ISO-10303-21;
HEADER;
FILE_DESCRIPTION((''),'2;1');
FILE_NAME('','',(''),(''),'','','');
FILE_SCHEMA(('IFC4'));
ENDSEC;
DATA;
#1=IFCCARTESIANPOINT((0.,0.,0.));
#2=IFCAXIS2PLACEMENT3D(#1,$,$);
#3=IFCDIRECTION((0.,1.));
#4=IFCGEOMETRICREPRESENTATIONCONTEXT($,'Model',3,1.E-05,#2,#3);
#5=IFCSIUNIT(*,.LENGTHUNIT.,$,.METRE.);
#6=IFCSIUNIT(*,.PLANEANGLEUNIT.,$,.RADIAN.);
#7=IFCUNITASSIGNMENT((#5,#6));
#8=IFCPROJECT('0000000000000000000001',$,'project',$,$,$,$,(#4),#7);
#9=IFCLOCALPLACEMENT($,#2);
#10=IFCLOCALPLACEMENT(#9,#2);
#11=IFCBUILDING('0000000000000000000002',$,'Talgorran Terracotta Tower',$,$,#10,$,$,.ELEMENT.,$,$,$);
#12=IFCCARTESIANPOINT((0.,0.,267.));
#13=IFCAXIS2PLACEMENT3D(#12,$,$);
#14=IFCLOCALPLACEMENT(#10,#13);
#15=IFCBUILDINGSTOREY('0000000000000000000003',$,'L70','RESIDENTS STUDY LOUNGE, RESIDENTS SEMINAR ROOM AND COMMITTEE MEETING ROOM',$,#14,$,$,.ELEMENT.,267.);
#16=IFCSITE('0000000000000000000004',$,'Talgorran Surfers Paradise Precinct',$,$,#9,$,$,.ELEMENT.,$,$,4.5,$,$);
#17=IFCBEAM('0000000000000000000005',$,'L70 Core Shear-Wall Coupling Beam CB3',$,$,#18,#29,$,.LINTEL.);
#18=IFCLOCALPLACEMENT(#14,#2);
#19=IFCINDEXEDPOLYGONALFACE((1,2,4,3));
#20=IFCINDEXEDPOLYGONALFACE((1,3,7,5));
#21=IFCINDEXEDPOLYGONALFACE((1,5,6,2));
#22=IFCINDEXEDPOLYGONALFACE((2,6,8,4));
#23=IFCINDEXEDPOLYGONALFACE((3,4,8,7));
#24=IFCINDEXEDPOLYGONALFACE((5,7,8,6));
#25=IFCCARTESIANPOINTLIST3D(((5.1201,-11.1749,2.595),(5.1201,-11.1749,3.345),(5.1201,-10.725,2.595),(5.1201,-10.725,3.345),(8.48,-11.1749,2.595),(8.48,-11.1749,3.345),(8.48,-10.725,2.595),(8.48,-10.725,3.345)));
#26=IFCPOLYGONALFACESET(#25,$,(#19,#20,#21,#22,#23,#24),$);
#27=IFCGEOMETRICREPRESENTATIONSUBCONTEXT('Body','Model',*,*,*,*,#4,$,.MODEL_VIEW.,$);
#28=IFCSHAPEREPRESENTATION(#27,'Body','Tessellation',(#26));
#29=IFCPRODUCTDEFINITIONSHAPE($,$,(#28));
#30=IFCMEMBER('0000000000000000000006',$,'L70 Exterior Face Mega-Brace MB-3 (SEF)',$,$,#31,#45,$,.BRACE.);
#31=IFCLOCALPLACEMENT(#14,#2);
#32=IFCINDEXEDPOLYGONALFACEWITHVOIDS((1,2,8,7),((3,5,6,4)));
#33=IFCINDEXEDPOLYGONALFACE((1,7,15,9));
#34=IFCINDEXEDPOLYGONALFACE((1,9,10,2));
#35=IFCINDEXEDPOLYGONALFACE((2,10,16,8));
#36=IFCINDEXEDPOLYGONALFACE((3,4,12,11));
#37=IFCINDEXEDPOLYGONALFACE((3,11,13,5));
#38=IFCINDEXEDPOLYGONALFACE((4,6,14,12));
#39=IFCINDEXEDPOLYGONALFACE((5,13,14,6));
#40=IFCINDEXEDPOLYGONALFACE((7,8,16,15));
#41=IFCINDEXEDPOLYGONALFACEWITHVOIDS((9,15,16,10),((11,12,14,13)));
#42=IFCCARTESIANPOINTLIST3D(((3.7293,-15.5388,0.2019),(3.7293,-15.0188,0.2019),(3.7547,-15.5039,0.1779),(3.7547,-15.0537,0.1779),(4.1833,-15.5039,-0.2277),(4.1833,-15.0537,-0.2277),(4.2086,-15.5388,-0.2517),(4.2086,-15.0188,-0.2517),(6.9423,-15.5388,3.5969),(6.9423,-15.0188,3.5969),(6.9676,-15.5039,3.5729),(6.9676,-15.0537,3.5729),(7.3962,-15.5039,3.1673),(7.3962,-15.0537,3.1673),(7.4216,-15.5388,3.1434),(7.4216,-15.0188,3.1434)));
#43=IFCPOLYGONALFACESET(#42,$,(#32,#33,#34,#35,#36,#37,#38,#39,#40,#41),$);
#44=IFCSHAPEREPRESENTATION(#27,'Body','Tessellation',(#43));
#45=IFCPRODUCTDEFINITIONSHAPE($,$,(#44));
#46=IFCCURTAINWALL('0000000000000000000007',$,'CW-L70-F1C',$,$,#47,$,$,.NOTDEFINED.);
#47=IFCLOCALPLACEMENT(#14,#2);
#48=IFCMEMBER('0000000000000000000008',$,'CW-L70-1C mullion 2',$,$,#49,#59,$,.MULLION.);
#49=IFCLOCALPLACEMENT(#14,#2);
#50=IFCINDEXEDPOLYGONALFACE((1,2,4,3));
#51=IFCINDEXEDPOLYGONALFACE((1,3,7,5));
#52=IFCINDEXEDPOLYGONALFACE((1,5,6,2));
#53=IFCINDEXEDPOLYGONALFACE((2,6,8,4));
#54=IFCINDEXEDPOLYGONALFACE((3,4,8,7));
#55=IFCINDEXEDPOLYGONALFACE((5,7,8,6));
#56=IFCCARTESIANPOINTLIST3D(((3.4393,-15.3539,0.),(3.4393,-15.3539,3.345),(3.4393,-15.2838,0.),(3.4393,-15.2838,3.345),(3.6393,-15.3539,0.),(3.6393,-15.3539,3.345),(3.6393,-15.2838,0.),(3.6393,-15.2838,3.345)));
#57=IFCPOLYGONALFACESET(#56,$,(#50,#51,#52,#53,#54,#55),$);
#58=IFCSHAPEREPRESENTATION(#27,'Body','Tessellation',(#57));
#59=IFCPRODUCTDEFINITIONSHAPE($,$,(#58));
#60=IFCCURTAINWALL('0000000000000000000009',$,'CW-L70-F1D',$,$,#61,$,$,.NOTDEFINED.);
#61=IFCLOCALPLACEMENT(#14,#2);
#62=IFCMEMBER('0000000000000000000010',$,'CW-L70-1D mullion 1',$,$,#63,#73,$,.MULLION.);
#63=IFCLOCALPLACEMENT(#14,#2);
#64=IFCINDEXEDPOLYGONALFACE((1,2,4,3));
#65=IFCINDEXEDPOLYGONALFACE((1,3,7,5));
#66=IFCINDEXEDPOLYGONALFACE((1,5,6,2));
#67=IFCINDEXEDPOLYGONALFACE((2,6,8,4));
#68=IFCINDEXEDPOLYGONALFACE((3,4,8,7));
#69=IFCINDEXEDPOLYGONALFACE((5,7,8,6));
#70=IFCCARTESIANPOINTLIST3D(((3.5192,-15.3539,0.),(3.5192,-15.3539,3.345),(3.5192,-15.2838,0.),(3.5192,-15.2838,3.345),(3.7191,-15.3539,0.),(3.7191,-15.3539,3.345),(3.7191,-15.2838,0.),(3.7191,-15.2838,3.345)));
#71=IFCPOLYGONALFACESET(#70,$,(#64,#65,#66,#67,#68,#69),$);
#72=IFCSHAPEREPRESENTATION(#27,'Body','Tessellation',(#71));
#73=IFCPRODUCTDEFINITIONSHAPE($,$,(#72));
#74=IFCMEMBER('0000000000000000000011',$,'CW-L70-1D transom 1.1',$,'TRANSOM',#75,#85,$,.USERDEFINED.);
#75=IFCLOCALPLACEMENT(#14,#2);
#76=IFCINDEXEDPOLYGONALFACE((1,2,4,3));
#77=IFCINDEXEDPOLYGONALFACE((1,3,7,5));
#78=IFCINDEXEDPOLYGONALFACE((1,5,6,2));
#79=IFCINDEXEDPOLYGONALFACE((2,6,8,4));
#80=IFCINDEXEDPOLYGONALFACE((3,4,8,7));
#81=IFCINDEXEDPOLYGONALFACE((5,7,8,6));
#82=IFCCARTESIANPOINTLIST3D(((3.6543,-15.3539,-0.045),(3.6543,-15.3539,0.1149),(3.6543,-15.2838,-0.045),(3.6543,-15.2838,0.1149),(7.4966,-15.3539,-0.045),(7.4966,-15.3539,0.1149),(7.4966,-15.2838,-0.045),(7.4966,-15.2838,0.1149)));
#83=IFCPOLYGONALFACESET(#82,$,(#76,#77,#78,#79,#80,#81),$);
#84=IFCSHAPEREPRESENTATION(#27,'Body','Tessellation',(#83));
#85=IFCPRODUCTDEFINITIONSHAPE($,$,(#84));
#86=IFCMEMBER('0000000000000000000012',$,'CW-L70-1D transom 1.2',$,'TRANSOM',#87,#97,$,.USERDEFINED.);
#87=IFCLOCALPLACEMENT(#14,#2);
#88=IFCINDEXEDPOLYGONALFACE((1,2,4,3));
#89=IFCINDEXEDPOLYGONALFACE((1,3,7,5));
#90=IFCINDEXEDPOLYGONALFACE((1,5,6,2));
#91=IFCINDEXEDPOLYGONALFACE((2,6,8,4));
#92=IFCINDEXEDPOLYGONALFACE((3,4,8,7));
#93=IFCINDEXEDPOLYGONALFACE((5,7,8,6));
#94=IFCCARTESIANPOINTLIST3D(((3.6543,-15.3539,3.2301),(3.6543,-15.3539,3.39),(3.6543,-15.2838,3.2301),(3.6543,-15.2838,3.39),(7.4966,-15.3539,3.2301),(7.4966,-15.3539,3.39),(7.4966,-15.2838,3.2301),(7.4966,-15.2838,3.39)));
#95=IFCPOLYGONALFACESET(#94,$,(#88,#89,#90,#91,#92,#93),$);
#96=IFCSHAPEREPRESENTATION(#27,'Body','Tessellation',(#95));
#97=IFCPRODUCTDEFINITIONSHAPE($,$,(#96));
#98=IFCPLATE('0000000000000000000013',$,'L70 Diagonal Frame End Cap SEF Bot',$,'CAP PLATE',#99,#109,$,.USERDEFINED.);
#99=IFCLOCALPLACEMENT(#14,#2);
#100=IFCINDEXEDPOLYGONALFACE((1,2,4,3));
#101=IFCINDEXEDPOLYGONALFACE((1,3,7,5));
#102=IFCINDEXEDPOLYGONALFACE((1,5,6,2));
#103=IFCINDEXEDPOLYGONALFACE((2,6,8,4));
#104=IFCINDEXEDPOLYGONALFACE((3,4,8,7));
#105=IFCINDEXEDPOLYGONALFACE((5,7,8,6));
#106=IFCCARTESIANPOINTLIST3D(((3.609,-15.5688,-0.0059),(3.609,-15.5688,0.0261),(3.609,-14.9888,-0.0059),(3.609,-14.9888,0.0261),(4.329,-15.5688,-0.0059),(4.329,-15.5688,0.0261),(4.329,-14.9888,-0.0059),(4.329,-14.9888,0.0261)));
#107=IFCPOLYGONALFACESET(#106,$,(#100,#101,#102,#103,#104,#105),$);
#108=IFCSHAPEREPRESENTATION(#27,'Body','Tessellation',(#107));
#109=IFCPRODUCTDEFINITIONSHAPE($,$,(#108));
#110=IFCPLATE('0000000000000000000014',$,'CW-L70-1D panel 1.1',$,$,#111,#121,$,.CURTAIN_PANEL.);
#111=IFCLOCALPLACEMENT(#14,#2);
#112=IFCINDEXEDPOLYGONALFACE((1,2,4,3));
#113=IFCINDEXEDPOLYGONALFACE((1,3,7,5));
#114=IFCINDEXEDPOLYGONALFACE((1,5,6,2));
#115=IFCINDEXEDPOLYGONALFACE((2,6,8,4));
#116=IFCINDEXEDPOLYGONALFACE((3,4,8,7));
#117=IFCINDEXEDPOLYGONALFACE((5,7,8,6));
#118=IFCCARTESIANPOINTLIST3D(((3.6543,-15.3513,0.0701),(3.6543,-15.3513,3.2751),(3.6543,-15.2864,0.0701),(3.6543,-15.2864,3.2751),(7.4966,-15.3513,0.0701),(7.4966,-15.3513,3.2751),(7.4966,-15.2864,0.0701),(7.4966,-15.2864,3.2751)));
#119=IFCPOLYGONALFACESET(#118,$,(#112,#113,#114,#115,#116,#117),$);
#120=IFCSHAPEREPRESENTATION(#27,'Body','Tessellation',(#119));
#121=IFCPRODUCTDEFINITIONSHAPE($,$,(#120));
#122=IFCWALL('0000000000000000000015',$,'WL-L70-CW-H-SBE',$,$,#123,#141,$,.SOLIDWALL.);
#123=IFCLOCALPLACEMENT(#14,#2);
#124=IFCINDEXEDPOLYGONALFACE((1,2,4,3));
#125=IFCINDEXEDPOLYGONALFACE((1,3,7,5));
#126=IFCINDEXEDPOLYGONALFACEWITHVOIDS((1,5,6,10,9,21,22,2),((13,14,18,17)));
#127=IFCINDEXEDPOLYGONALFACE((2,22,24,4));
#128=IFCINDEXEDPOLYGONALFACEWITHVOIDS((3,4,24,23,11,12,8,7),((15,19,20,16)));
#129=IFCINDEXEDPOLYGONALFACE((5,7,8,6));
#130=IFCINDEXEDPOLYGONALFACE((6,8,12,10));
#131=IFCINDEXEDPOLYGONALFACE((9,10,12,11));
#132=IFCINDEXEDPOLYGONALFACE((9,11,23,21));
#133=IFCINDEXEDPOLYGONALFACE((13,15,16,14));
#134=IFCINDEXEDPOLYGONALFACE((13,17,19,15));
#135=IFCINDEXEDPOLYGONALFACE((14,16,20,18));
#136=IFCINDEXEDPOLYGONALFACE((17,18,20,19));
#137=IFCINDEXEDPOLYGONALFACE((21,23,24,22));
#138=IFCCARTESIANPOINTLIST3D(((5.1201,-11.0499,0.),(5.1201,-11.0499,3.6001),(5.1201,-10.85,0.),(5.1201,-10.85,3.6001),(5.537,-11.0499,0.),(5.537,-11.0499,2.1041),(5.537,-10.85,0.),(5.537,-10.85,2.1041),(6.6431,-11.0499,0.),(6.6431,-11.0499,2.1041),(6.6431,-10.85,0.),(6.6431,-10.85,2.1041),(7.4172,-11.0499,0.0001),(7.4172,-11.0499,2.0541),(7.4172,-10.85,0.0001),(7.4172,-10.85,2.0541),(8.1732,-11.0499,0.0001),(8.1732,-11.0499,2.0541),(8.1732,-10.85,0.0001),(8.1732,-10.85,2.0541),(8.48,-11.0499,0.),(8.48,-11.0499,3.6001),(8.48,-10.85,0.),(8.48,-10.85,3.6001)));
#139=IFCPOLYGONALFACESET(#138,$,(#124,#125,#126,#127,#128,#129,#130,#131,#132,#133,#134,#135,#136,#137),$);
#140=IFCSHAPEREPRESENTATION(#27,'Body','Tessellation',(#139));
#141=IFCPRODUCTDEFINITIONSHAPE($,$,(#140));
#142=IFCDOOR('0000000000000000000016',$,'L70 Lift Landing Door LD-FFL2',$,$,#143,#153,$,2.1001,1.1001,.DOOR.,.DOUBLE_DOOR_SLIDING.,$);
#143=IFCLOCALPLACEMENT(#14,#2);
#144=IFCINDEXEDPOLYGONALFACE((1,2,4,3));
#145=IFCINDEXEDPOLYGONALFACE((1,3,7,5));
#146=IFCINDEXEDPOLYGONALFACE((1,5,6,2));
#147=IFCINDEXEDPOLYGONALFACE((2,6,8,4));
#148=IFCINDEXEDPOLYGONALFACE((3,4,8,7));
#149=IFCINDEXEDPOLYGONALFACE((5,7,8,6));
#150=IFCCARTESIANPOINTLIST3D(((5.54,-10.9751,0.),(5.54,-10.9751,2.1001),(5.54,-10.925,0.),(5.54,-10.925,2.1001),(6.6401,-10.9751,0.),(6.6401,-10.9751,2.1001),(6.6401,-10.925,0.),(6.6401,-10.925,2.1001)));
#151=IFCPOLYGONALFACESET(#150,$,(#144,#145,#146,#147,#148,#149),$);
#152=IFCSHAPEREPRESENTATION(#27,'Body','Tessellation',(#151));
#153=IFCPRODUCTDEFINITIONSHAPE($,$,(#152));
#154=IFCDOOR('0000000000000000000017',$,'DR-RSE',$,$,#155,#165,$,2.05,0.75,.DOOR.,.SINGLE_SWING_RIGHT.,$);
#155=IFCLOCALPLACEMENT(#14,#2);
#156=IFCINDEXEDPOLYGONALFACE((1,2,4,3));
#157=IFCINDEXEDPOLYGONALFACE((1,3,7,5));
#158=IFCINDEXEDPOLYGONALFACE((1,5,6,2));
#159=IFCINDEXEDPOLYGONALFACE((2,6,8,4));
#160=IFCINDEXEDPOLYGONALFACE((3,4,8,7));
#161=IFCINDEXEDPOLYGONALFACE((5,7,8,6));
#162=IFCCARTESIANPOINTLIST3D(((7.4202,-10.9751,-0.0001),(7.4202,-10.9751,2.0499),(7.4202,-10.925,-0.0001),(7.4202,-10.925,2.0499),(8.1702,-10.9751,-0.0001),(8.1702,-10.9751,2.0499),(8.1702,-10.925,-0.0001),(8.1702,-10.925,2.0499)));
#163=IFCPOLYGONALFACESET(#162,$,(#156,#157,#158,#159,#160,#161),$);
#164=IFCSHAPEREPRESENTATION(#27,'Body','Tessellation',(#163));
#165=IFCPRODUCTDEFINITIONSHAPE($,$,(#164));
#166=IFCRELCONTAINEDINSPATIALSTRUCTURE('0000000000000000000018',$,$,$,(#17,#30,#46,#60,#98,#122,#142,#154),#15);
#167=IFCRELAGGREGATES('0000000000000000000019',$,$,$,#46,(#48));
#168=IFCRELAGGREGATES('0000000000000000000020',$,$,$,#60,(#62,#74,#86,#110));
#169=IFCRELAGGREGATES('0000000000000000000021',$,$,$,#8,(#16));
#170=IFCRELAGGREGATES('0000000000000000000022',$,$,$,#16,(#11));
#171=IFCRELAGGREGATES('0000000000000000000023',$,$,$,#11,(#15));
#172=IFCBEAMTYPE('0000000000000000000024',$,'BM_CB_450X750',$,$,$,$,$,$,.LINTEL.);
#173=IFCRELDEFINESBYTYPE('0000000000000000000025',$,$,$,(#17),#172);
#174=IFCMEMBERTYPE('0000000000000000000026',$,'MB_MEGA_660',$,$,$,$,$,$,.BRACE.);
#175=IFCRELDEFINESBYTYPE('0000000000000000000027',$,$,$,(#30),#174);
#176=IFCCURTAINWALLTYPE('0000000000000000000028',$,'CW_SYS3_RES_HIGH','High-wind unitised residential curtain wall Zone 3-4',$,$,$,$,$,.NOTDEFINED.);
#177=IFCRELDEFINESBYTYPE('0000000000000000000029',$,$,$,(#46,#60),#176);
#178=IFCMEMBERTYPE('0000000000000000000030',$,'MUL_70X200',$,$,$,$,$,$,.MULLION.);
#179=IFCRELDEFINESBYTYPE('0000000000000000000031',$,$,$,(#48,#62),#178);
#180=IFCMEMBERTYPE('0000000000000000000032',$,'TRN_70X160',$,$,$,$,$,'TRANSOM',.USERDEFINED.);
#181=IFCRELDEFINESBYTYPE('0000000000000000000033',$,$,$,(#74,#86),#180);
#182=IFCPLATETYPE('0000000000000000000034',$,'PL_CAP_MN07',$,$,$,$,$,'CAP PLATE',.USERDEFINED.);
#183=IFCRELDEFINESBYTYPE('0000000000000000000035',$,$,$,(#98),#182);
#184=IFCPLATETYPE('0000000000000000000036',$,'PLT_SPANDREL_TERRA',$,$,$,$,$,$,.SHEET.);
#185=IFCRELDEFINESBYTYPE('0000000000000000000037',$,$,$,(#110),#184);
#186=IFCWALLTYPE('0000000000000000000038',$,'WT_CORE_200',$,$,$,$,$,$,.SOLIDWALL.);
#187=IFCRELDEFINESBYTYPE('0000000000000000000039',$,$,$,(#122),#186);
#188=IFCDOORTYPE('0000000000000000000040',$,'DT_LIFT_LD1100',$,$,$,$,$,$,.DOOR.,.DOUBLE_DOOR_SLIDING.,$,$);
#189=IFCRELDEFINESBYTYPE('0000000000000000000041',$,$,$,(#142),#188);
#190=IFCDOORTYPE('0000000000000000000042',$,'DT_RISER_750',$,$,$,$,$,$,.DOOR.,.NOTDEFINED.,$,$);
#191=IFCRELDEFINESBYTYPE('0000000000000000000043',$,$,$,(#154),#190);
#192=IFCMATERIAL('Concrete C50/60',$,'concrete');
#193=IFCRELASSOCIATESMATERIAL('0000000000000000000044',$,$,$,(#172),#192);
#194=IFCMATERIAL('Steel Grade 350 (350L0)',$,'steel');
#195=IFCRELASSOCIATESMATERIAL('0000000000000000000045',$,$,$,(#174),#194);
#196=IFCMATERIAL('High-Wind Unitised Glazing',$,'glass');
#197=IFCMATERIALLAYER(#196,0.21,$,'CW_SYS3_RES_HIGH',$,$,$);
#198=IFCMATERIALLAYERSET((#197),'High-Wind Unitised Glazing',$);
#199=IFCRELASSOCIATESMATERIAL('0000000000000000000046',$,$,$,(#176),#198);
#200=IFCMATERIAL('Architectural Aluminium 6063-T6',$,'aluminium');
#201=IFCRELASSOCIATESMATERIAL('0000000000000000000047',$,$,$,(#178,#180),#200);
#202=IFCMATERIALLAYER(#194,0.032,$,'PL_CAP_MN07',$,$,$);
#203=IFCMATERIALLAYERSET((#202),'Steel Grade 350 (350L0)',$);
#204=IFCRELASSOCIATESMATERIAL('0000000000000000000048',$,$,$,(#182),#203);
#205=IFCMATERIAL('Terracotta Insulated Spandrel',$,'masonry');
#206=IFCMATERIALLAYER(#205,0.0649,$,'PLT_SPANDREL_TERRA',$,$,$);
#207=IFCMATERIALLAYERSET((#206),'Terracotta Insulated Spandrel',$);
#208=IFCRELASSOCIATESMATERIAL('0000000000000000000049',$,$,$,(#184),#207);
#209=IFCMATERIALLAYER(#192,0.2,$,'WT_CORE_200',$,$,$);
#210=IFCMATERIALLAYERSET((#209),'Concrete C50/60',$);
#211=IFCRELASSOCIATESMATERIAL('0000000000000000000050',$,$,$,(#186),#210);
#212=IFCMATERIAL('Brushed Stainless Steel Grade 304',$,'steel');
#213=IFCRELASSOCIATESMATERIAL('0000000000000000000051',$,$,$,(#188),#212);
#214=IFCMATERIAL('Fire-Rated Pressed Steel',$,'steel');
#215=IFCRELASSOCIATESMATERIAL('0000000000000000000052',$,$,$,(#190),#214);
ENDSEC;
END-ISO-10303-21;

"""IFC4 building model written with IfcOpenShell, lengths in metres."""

from ifc_helpers import new_model, si_unit, direction, frame, frame_2d, origin, origin_2d, place, context, subcontext, project, spatial, rectangle, hollow_rectangle, extrude, source, transform, mapped, material, layer, layer_set, material_profile, profile_set, type_object, type_shapes, element, fill, aggregate, save


model = new_model("IFC4")

# Units and contexts
model_context = context("Model", 3, precision=1e-05, world=origin(), true_north=direction((0.0, 1.0)))
body_context = subcontext(model_context, "Body", "Model", "MODEL_VIEW")
ifc_project = project(units=[si_unit("LENGTHUNIT", "METRE"), si_unit("PLANEANGLEUNIT", "RADIAN")], contexts=[model_context])

# Site, building, storey
site_placement = place(None, origin())
site = spatial("IfcSite", under=ifc_project, at=site_placement, Name="Talgorran Surfers Paradise Precinct", CompositionType="ELEMENT", RefElevation=4.5)
building_placement = place(site_placement, origin())
building = spatial("IfcBuilding", under=site, at=building_placement, Name="Talgorran Terracotta Tower", CompositionType="ELEMENT")
storey_placement = place(building_placement, frame((0.0, 0.0, 267.0)))
storey = spatial("IfcBuildingStorey", under=building, at=storey_placement, Name="L70", Description="RESIDENTS STUDY LOUNGE, RESIDENTS SEMINAR ROOM AND COMMITTEE MEETING ROOM", CompositionType="ELEMENT", Elevation=267.0)

# Beam
ifc_material_1 = material(Name="Concrete C50/60", Category="concrete")
ifc_material_profile_1 = material_profile(ifc_material_1, rectangle(XDim=0.45, YDim=0.75, at=origin_2d()), Name="RCCB450X750")
ifc_profile_set_1 = profile_set([ifc_material_profile_1], Name="Concrete C50/60")
beam_type = type_object("IfcBeamType", Name="BM_CB_450X750", PredefinedType="LINTEL", material=ifc_profile_set_1)
beam_placement = place(storey_placement, frame((5.1201, -10.95, 2.97), z_axis=(1.0, 0.0, 0.0), x_axis=(0.0, 1.0, 0.0)))
element("IfcBeam", 1, at=beam_placement, inside=storey, type_object=beam_type, Name="L70 Core Shear-Wall Coupling Beam CB3", PredefinedType="LINTEL", context=body_context, shape_type="SweptSolid", body=[
    extrude(rectangle(XDim=0.45, YDim=0.75, at=origin_2d()), origin(), (0.0, 0.0, 1.0), 3.3599),
])

# Member
ifc_material_2 = material(Name="Steel Grade 350 (350L0)", Category="steel")
ifc_material_profile_2 = material_profile(ifc_material_2, hollow_rectangle(XDim=0.52, YDim=0.6599, WallThickness=0.0349, at=origin_2d()), Name="WBOX660X520X35")
ifc_profile_set_2 = profile_set([ifc_material_profile_2], Name="Steel Grade 350 (350L0)")
member_type_1 = type_object("IfcMemberType", Name="MB_MEGA_660", PredefinedType="BRACE", material=ifc_profile_set_2)
member_1_placement = place(storey_placement, frame((3.969, -15.2788, -0.0249), z_axis=(0.687356, 0.0, 0.72632), x_axis=(0.0, 1.0, 0.0)))
element("IfcMember", 2, at=member_1_placement, inside=storey, type_object=member_type_1, Name="L70 Exterior Face Mega-Brace MB-3 (SEF)", PredefinedType="BRACE", context=body_context, shape_type="SweptSolid", body=[
    extrude(hollow_rectangle(XDim=0.52, YDim=0.6599, WallThickness=0.0349, at=origin_2d()), origin(), (0.0, 0.0, 1.0), 4.6743),
])

# Curtain wall, member
ifc_material_3 = material(Name="High-Wind Unitised Glazing", Category="glass")
ifc_layer_1 = layer(ifc_material_3, 0.21, Name="CW_SYS3_RES_HIGH")
ifc_layer_set_1 = layer_set([ifc_layer_1], Name="High-Wind Unitised Glazing")
curtain_wall_type = type_object("IfcCurtainWallType", Name="CW_SYS3_RES_HIGH", Description="High-wind unitised residential curtain wall Zone 3-4", PredefinedType="NOTDEFINED", material=ifc_layer_set_1)
curtain_wall_1_placement = place(storey_placement, origin())
curtain_wall_1 = element("IfcCurtainWall", 3, at=curtain_wall_1_placement, inside=storey, type_object=curtain_wall_type, Name="CW-L70-F1C", PredefinedType="NOTDEFINED")
ifc_material_4 = material(Name="Architectural Aluminium 6063-T6", Category="aluminium")
ifc_material_profile_3 = material_profile(ifc_material_4, rectangle(XDim=0.0701, YDim=0.2, at=origin_2d()), Name="CWM70X200")
ifc_profile_set_3 = profile_set([ifc_material_profile_3], Name="Architectural Aluminium 6063-T6")
member_type_2 = type_object("IfcMemberType", Name="MUL_70X200", PredefinedType="MULLION", material=ifc_profile_set_3)
member_2_placement = place(storey_placement, frame((3.5393, -15.3188, 0.0), z_axis=(0.0, 0.0, 1.0), x_axis=(0.0, 1.0, 0.0)))
member_2 = element("IfcMember", 4, at=member_2_placement, type_object=member_type_2, Name="CW-L70-1C mullion 2", PredefinedType="MULLION", context=body_context, shape_type="SweptSolid", body=[
    extrude(rectangle(XDim=0.0701, YDim=0.2, at=origin_2d()), origin(), (0.0, 0.0, 1.0), 3.345),
])
aggregate(curtain_wall_1, [member_2])

# Curtain wall, members
curtain_wall_2_placement = place(storey_placement, origin())
curtain_wall_2 = element("IfcCurtainWall", 5, at=curtain_wall_2_placement, inside=storey, type_object=curtain_wall_type, Name="CW-L70-F1D", PredefinedType="NOTDEFINED")
member_3_placement = place(storey_placement, frame((3.6191, -15.3188, 0.0), z_axis=(0.0, 0.0, 1.0), x_axis=(0.0, 1.0, 0.0)))
member_3 = element("IfcMember", 6, at=member_3_placement, type_object=member_type_2, Name="CW-L70-1D mullion 1", PredefinedType="MULLION", context=body_context, shape_type="SweptSolid", body=[
    extrude(rectangle(XDim=0.0701, YDim=0.2, at=origin_2d()), origin(), (0.0, 0.0, 1.0), 3.345),
])
ifc_material_profile_4 = material_profile(ifc_material_4, rectangle(XDim=0.0701, YDim=0.1599, at=origin_2d()), Name="CWT70X160")
ifc_profile_set_4 = profile_set([ifc_material_profile_4], Name="Architectural Aluminium 6063-T6")
member_type_3 = type_object("IfcMemberType", Name="TRN_70X160", ElementType="TRANSOM", PredefinedType="USERDEFINED", material=ifc_profile_set_4)
member_4_placement = place(storey_placement, frame((3.6543, -15.3188, 0.0349), z_axis=(1.0, 0.0, 0.0), x_axis=(0.0, 1.0, 0.0)))
member_4 = element("IfcMember", 7, at=member_4_placement, type_object=member_type_3, Name="CW-L70-1D transom 1.1", ObjectType="TRANSOM", PredefinedType="USERDEFINED", context=body_context, shape_type="SweptSolid", body=[
    extrude(rectangle(XDim=0.0701, YDim=0.1599, at=origin_2d()), origin(), (0.0, 0.0, 1.0), 3.8423),
])
member_5_placement = place(storey_placement, frame((3.6543, -15.3188, 3.3101), z_axis=(1.0, 0.0, 0.0), x_axis=(0.0, 1.0, 0.0)))
member_5 = element("IfcMember", 8, at=member_5_placement, type_object=member_type_3, Name="CW-L70-1D transom 1.2", ObjectType="TRANSOM", PredefinedType="USERDEFINED", context=body_context, shape_type="SweptSolid", body=[
    extrude(rectangle(XDim=0.0701, YDim=0.1599, at=origin_2d()), origin(), (0.0, 0.0, 1.0), 3.8423),
])

# Plates
ifc_layer_2 = layer(ifc_material_2, 0.032, Name="PL_CAP_MN07")
ifc_layer_set_2 = layer_set([ifc_layer_2], Name="Steel Grade 350 (350L0)")
plate_type_1 = type_object("IfcPlateType", Name="PL_CAP_MN07", ElementType="CAP PLATE", PredefinedType="USERDEFINED", material=ifc_layer_set_2)
plate_1_placement = place(storey_placement, frame((3.969, -15.2788, -0.0059), z_axis=(0.0, 0.0, 1.0), x_axis=(1.0, 0.0, 0.0)))
element("IfcPlate", 9, at=plate_1_placement, inside=storey, type_object=plate_type_1, Name="L70 Diagonal Frame End Cap SEF Bot", ObjectType="CAP PLATE", PredefinedType="USERDEFINED", context=body_context, shape_type="SweptSolid", body=[
    extrude(rectangle(XDim=0.72, YDim=0.5801, at=origin_2d()), origin(), (0.0, 0.0, 1.0), 0.032),
])
ifc_material_5 = material(Name="Terracotta Insulated Spandrel", Category="masonry")
ifc_layer_3 = layer(ifc_material_5, 0.0649, Name="PLT_SPANDREL_TERRA")
ifc_layer_set_3 = layer_set([ifc_layer_3], Name="Terracotta Insulated Spandrel")
plate_type_2 = type_object("IfcPlateType", Name="PLT_SPANDREL_TERRA", PredefinedType="SHEET", material=ifc_layer_set_3)
shared_shape_1 = source(origin(), body_context, "Body", "SweptSolid", [
    extrude(rectangle(XDim=3.8423, YDim=0.0649, at=origin_2d()), origin(), (0.0, 0.0, 1.0), 3.2051),
])
type_shapes(plate_type_2, [shared_shape_1])
plate_2_placement = place(storey_placement, frame((5.5754, -15.3188, 0.0701), z_axis=(0.0, 0.0, 1.0), x_axis=(1.0, 0.0, 0.0)))
plate_2 = element("IfcPlate", 10, at=plate_2_placement, type_object=plate_type_2, Name="CW-L70-1D panel 1.1", PredefinedType="CURTAIN_PANEL", context=body_context, shape_type="MappedRepresentation", body=[
    mapped(shared_shape_1, transform((0.0, 0.0, 0.0), scale=1.0)),
])
aggregate(curtain_wall_2, [member_3, member_4, member_5, plate_2])

# Wall, openings, doors
ifc_layer_4 = layer(ifc_material_1, 0.2, Name="WT_CORE_200")
ifc_layer_set_4 = layer_set([ifc_layer_4], Name="Concrete C50/60")
wall_type_1 = type_object("IfcWallType", Name="WT_CORE_200", PredefinedType="SOLIDWALL", material=ifc_layer_set_4)
wall_1_placement = place(storey_placement, frame((5.1201, -10.95, 0.0), z_axis=(0.0, 0.0, 1.0), x_axis=(1.0, 0.0, 0.0)))
wall_1 = element("IfcWall", 11, at=wall_1_placement, inside=storey, type_object=wall_type_1, Name="WL-L70-CW-H-SBE", PredefinedType="SOLIDWALL", context=body_context, shape_type="SweptSolid", body=[
    extrude(rectangle(XDim=3.3599, YDim=0.2, at=frame_2d((1.6799, 0.0))), origin(), (0.0, 0.0, 1.0), 3.6001),
])
opening_1_placement = place(wall_1_placement, frame((0.4199, 0.0, 0.0)))
opening_1 = element("IfcOpeningElement", 12, at=opening_1_placement, cuts=wall_1, PredefinedType="OPENING", context=body_context, shape_type="SweptSolid", body=[
    extrude(rectangle(XDim=1.1061, YDim=2.1041, at=frame_2d((0.55, 1.052))), frame((0.0, 0.1099, 0.0), z_axis=(0.0, -1.0, 0.0), x_axis=(1.0, 0.0, 0.0)), (0.0, 0.0, 1.0), 0.22),
])
opening_2_placement = place(wall_1_placement, frame((2.3, 0.0, 0.0)))
opening_2 = element("IfcOpeningElement", 13, at=opening_2_placement, cuts=wall_1, PredefinedType="OPENING", context=body_context, shape_type="SweptSolid", body=[
    extrude(rectangle(XDim=0.756, YDim=2.054, at=frame_2d((0.375, 1.0271))), frame((0.0, 0.1099, 0.0), z_axis=(0.0, -1.0, 0.0), x_axis=(1.0, 0.0, 0.0)), (0.0, 0.0, 1.0), 0.22),
])
ifc_material_6 = material(Name="Brushed Stainless Steel Grade 304", Category="steel")
door_type_1 = type_object("IfcDoorType", Name="DT_LIFT_LD1100", OperationType="DOUBLE_DOOR_SLIDING", PredefinedType="DOOR", material=ifc_material_6)
door_1_placement = place(opening_1_placement, origin())
door_1 = element("IfcDoor", 14, at=door_1_placement, inside=storey, type_object=door_type_1, Name="L70 Lift Landing Door LD-FFL2", OperationType="DOUBLE_DOOR_SLIDING", OverallHeight=2.1001, OverallWidth=1.1001, PredefinedType="DOOR", context=body_context, shape_type="SweptSolid", body=[
    extrude(rectangle(XDim=1.1001, YDim=2.1001, at=frame_2d((0.55, 1.05))), frame((0.0, 0.0249, 0.0), z_axis=(0.0, -1.0, 0.0), x_axis=(1.0, 0.0, 0.0)), (0.0, 0.0, 1.0), 0.05),
])
fill(opening_1, door_1)
ifc_material_7 = material(Name="Fire-Rated Pressed Steel", Category="steel")
door_type_2 = type_object("IfcDoorType", Name="DT_RISER_750", OperationType="NOTDEFINED", PredefinedType="DOOR", material=ifc_material_7)
door_2_placement = place(opening_2_placement, origin())
door_2 = element("IfcDoor", 15, at=door_2_placement, inside=storey, type_object=door_type_2, Name="DR-RSE", OperationType="SINGLE_SWING_RIGHT", OverallHeight=2.05, OverallWidth=0.75, PredefinedType="DOOR", context=body_context, shape_type="SweptSolid", body=[
    extrude(rectangle(XDim=0.75, YDim=2.05, at=frame_2d((0.375, 1.0249))), frame((0.0, 0.0249, 0.0), z_axis=(0.0, -1.0, 0.0), x_axis=(1.0, 0.0, 0.0)), (0.0, 0.0, 1.0), 0.05),
])
fill(opening_2, door_2)

save(model, "model.ifc")
